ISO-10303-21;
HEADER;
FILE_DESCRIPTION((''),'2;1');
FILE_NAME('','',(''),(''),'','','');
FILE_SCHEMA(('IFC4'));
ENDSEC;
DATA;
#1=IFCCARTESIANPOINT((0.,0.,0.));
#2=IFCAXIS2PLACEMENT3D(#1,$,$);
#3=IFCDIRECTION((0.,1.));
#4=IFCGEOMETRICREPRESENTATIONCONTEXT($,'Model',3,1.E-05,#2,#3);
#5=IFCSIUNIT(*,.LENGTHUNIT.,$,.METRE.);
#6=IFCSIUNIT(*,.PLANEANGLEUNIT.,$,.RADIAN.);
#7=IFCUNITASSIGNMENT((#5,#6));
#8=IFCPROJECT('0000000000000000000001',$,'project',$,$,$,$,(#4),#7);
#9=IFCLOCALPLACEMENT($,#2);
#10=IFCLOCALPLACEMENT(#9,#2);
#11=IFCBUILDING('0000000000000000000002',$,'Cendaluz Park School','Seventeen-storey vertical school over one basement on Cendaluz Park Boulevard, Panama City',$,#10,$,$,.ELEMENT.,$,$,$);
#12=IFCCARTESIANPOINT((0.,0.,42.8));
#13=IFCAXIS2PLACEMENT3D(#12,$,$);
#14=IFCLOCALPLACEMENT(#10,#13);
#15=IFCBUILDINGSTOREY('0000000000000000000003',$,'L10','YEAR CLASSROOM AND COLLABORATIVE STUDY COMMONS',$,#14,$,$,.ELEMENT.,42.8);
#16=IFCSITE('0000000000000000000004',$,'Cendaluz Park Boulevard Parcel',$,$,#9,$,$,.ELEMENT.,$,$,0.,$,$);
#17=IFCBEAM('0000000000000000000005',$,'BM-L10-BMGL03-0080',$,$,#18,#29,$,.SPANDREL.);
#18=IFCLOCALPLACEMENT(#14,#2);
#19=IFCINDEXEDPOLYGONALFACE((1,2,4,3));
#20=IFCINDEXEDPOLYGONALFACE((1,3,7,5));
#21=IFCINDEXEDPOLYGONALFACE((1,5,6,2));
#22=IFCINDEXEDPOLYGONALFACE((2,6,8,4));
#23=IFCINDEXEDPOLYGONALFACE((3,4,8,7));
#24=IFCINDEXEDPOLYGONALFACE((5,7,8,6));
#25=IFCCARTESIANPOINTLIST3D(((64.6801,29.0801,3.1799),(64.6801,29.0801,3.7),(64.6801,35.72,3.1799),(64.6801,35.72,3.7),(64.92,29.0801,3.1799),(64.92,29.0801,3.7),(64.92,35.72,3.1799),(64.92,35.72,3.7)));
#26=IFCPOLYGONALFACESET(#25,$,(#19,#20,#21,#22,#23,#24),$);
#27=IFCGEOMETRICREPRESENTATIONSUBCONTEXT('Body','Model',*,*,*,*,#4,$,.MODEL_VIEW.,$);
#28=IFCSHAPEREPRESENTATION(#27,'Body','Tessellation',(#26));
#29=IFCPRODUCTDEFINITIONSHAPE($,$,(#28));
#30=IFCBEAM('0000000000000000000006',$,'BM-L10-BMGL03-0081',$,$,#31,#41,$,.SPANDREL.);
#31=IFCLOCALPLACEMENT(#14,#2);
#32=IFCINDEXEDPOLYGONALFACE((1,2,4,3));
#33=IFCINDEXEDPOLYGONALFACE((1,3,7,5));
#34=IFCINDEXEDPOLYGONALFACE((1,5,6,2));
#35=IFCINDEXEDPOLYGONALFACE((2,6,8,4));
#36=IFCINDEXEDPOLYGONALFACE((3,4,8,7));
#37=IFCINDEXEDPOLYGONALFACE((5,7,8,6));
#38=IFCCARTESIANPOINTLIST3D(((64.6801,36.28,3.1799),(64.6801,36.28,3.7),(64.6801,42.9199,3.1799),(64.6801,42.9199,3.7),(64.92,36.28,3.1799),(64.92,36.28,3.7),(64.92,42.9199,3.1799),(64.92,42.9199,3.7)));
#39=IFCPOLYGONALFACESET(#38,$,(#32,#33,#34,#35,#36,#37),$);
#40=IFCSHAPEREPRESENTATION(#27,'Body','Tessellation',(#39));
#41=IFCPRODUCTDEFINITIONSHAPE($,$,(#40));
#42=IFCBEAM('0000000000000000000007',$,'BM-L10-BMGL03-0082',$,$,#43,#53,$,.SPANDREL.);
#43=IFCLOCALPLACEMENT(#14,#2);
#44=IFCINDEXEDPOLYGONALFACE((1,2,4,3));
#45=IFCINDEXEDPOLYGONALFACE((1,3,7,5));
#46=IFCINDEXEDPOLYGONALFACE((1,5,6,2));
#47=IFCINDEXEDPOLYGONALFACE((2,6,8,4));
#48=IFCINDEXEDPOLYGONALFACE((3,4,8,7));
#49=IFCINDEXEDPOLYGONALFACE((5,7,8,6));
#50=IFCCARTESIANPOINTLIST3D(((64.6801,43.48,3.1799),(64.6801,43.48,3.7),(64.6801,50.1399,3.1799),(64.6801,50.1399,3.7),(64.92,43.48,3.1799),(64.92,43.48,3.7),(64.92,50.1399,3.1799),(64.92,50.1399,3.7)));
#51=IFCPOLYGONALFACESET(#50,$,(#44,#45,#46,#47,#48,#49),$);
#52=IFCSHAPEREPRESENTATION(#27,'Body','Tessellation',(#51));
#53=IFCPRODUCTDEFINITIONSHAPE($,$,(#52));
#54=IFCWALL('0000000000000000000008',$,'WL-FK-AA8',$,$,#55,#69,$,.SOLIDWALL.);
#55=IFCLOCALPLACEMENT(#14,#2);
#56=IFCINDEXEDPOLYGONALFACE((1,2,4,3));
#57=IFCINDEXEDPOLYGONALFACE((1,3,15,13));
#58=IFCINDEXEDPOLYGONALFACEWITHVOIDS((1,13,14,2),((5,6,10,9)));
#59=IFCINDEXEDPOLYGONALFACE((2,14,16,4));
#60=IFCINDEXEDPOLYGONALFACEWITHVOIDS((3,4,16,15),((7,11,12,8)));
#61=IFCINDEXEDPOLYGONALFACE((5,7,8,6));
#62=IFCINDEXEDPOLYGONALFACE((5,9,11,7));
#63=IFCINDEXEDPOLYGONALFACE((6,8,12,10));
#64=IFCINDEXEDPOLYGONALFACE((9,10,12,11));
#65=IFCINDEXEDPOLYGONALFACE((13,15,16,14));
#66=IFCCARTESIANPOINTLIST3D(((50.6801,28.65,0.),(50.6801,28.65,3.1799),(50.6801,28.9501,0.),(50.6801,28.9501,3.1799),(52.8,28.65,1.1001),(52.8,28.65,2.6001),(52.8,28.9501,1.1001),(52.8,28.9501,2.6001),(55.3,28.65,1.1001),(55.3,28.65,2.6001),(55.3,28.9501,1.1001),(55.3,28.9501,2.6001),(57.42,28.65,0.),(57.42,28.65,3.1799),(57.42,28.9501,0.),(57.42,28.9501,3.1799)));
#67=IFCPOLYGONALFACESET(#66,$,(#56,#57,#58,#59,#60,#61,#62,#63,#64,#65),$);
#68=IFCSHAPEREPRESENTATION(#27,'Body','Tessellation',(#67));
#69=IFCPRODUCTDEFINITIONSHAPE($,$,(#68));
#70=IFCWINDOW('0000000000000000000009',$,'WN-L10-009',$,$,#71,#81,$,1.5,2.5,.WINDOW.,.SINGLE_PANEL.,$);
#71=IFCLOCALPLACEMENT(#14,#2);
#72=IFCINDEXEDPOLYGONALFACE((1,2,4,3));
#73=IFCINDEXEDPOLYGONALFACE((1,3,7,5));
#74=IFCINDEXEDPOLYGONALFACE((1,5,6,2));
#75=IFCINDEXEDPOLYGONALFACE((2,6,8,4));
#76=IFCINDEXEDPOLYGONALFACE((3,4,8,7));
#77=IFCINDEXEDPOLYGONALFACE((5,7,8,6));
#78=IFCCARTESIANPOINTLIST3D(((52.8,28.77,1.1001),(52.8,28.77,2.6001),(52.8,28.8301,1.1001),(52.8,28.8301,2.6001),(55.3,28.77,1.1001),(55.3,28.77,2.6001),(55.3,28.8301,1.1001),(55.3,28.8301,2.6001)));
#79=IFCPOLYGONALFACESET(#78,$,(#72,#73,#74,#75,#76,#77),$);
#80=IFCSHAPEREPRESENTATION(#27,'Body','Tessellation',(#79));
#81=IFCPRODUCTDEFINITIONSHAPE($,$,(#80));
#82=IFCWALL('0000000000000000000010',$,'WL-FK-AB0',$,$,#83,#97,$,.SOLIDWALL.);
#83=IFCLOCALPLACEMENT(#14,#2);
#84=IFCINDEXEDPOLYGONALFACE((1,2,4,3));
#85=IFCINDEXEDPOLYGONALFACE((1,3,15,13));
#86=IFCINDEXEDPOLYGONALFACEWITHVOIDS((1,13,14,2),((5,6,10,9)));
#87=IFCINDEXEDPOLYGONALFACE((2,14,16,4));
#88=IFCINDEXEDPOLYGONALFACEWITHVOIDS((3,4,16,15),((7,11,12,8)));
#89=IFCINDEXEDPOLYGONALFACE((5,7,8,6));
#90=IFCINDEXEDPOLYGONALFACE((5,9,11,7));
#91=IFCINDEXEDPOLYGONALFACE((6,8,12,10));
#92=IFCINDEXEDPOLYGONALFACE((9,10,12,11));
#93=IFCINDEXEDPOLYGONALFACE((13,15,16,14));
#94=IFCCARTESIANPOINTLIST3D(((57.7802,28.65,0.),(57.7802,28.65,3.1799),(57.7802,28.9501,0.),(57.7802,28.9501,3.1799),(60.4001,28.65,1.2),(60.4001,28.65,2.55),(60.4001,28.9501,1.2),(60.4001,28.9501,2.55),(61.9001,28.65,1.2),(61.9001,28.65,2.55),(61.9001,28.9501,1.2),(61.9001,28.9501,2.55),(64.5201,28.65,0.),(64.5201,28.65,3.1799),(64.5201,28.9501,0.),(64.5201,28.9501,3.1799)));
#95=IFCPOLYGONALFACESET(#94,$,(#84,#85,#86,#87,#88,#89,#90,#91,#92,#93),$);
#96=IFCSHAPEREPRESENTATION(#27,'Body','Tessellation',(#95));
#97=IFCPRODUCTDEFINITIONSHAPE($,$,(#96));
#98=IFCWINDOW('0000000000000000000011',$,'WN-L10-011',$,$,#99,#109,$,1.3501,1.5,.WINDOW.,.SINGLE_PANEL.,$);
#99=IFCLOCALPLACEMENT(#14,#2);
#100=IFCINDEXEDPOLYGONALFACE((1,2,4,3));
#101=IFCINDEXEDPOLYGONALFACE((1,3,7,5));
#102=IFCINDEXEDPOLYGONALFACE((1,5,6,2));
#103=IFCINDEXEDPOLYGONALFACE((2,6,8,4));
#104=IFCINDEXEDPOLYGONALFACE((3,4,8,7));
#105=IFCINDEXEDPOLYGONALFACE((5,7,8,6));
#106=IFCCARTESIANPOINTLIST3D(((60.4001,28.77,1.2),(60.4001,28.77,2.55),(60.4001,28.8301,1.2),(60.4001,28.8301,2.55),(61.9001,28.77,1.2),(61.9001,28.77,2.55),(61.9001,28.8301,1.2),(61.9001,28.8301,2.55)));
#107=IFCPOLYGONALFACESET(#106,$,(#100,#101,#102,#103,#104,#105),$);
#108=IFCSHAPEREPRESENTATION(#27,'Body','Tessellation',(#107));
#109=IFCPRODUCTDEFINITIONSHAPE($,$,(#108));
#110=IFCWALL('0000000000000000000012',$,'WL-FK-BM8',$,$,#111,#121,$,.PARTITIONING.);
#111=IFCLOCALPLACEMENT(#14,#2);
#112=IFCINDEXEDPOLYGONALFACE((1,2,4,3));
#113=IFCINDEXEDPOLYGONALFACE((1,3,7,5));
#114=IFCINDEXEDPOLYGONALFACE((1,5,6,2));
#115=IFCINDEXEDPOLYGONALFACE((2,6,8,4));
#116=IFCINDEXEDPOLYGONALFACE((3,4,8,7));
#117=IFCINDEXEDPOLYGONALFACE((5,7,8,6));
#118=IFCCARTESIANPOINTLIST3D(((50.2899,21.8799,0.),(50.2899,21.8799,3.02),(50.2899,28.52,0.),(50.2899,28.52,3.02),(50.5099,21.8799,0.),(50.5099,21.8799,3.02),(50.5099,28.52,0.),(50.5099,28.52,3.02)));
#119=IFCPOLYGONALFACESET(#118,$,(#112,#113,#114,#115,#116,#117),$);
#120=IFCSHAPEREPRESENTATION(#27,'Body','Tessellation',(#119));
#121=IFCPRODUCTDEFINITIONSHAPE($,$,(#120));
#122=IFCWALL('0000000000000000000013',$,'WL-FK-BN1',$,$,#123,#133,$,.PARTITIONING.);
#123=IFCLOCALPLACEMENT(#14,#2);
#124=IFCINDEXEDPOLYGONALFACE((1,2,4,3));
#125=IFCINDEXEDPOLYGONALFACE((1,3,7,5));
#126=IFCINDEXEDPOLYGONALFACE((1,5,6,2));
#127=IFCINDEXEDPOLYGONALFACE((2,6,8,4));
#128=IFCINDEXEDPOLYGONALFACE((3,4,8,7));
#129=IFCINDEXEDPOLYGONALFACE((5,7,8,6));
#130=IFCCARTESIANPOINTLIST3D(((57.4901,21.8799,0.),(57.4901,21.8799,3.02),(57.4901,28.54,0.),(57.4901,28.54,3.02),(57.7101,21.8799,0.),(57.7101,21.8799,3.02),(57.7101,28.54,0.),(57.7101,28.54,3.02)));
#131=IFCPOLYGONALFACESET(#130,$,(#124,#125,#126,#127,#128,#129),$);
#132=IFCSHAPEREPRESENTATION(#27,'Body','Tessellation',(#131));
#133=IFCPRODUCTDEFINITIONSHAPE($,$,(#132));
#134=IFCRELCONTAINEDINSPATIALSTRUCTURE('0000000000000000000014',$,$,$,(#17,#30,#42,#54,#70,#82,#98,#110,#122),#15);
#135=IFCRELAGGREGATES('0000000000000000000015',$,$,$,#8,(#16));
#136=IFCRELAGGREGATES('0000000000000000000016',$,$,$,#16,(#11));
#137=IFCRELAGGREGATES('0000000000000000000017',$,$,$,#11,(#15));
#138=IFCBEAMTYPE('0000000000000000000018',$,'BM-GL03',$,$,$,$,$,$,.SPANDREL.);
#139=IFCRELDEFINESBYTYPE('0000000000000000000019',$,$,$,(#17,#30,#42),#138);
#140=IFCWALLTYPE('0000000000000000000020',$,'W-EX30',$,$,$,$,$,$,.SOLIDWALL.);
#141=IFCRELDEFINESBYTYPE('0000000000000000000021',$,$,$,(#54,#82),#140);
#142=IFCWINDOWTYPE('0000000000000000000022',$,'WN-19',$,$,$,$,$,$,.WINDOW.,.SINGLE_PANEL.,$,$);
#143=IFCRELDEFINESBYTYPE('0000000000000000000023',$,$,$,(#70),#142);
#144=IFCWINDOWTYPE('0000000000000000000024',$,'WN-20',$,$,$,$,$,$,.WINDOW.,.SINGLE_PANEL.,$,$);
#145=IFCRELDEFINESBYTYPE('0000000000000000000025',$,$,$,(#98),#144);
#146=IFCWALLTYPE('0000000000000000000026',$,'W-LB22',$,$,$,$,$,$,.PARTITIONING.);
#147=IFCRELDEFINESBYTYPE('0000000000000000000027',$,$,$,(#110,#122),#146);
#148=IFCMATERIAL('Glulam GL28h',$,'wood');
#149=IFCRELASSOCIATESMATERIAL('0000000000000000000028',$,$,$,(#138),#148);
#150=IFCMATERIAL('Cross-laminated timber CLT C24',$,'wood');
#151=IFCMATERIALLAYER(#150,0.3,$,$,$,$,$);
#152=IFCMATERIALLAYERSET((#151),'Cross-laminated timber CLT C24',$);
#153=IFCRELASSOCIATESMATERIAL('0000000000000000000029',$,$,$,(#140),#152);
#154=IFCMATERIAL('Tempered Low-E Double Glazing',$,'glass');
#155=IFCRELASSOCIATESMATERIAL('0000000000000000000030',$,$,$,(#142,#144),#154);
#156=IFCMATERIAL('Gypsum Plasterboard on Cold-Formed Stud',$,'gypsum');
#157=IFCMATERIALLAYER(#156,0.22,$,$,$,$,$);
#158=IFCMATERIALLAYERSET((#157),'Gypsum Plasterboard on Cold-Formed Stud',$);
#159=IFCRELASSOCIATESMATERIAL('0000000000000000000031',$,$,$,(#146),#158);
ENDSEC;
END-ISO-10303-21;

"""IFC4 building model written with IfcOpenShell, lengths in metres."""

from ifc_helpers import new_model, si_unit, direction, frame, frame_2d, origin, origin_2d, place, context, subcontext, project, spatial, rectangle, extrude, material, layer, layer_set, material_profile, profile_set, type_object, element, fill, save


model = new_model("IFC4")

# Units and contexts
model_context = context("Model", 3, precision=1e-05, world=origin(), true_north=direction((0.0, 1.0)))
body_context = subcontext(model_context, "Body", "Model", "MODEL_VIEW")
ifc_project = project(units=[si_unit("LENGTHUNIT", "METRE"), si_unit("PLANEANGLEUNIT", "RADIAN")], contexts=[model_context])

# Site, building, storey
site_placement = place(None, origin())
site = spatial("IfcSite", under=ifc_project, at=site_placement, Name="Cendaluz Park Boulevard Parcel", CompositionType="ELEMENT", RefElevation=0.0)
building_placement = place(site_placement, origin())
building = spatial("IfcBuilding", under=site, at=building_placement, Name="Cendaluz Park School", Description="Seventeen-storey vertical school over one basement on Cendaluz Park Boulevard, Panama City", CompositionType="ELEMENT")
storey_placement = place(building_placement, frame((0.0, 0.0, 42.8)))
storey = spatial("IfcBuildingStorey", under=building, at=storey_placement, Name="L10", Description="YEAR CLASSROOM AND COLLABORATIVE STUDY COMMONS", CompositionType="ELEMENT", Elevation=42.8)

# Beams
ifc_material_1 = material(Name="Glulam GL28h", Category="wood")
ifc_material_profile_1 = material_profile(ifc_material_1, rectangle(XDim=0.24, YDim=0.52, at=origin_2d()), Name="GL28h 240x520", Category="wood")
ifc_profile_set_1 = profile_set([ifc_material_profile_1], Name="Glulam GL28h")
beam_type_1 = type_object("IfcBeamType", Name="BM-GL03", PredefinedType="SPANDREL", material=ifc_profile_set_1)
for number, where, z_axis, x_axis, name in (
    (1, (64.8, 29.0801, 3.4399), (0.0, 1.0, 0.0), (-1.0, 0.0, 0.0), "BM-L10-BMGL03-0080"),
    (2, (64.8, 36.28, 3.4399), (0.0, 1.0, 0.0), (-1.0, 0.0, 0.0), "BM-L10-BMGL03-0081"),
):
    element("IfcBeam", number, at=place(storey_placement, frame(where, z_axis=z_axis, x_axis=x_axis)), inside=storey, type_object=beam_type_1, Name=name, PredefinedType="SPANDREL", context=body_context, shape_type="SweptSolid", body=[
        extrude(rectangle(XDim=0.24, YDim=0.52, at=origin_2d()), origin(), (0.0, 0.0, 1.0), 6.6399),
    ])
beam_1_placement = place(storey_placement, frame((64.8, 43.48, 3.4399), z_axis=(0.0, 1.0, 0.0), x_axis=(-1.0, 0.0, 0.0)))
element("IfcBeam", 3, at=beam_1_placement, inside=storey, type_object=beam_type_1, Name="BM-L10-BMGL03-0082", PredefinedType="SPANDREL", context=body_context, shape_type="SweptSolid", body=[
    extrude(rectangle(XDim=0.24, YDim=0.52, at=origin_2d()), origin(), (0.0, 0.0, 1.0), 6.6599),
])

# Walls, openings, windows
ifc_material_2 = material(Name="Cross-laminated timber CLT C24", Category="wood")
ifc_layer_1 = layer(ifc_material_2, 0.3)
ifc_layer_set_1 = layer_set([ifc_layer_1], Name="Cross-laminated timber CLT C24")
wall_type_1 = type_object("IfcWallType", Name="W-EX30", PredefinedType="SOLIDWALL", material=ifc_layer_set_1)
wall_1_placement = place(storey_placement, frame((50.6799, 28.8, 0.0), z_axis=(0.0, 0.0, 1.0), x_axis=(1.0, 0.0, 0.0)))
wall_1 = element("IfcWall", 4, at=wall_1_placement, inside=storey, type_object=wall_type_1, Name="WL-FK-AA8", PredefinedType="SOLIDWALL", context=body_context, shape_type="SweptSolid", body=[
    extrude(rectangle(XDim=6.74, YDim=0.3, at=frame_2d((3.3701, 0.0))), origin(), (0.0, 0.0, 1.0), 3.1799),
])
opening_1_placement = place(wall_1_placement, frame((2.1201, 0.0, 1.1001)))
opening_1 = element("IfcOpeningElement", 5, at=opening_1_placement, cuts=wall_1, PredefinedType="OPENING", context=body_context, shape_type="SweptSolid", body=[
    extrude(rectangle(XDim=2.5, YDim=1.5, at=frame_2d((1.25, 0.75))), frame((0.0, 0.1621, 0.0), z_axis=(0.0, -1.0, 0.0), x_axis=(1.0, 0.0, 0.0)), (0.0, 0.0, 1.0), 0.324),
])
ifc_material_3 = material(Name="Tempered Low-E Double Glazing", Category="glass")
window_type_1 = type_object("IfcWindowType", Name="WN-19", PartitioningType="SINGLE_PANEL", PredefinedType="WINDOW", material=ifc_material_3)
window_1_placement = place(opening_1_placement, origin())
window_1 = element("IfcWindow", 6, at=window_1_placement, inside=storey, type_object=window_type_1, Name="WN-L10-009", OverallHeight=1.5, OverallWidth=2.5, PartitioningType="SINGLE_PANEL", PredefinedType="WINDOW", context=body_context, shape_type="SweptSolid", body=[
    extrude(rectangle(XDim=2.5, YDim=1.5, at=frame_2d((1.25, 0.75))), frame((0.0, 0.03, 0.0), z_axis=(0.0, -1.0, 0.0), x_axis=(1.0, 0.0, 0.0)), (0.0, 0.0, 1.0), 0.0601),
])
fill(opening_1, window_1)
wall_2_placement = place(storey_placement, frame((57.78, 28.8, 0.0), z_axis=(0.0, 0.0, 1.0), x_axis=(1.0, 0.0, 0.0)))
wall_2 = element("IfcWall", 7, at=wall_2_placement, inside=storey, type_object=wall_type_1, Name="WL-FK-AB0", PredefinedType="SOLIDWALL", context=body_context, shape_type="SweptSolid", body=[
    extrude(rectangle(XDim=6.74, YDim=0.3, at=frame_2d((3.3701, 0.0))), origin(), (0.0, 0.0, 1.0), 3.1799),
])
opening_2_placement = place(wall_2_placement, frame((2.6201, 0.0, 1.2)))
opening_2 = element("IfcOpeningElement", 8, at=opening_2_placement, cuts=wall_2, PredefinedType="OPENING", context=body_context, shape_type="SweptSolid", body=[
    extrude(rectangle(XDim=1.5, YDim=1.3501, at=frame_2d((0.75, 0.675))), frame((0.0, 0.1621, 0.0), z_axis=(0.0, -1.0, 0.0), x_axis=(1.0, 0.0, 0.0)), (0.0, 0.0, 1.0), 0.324),
])
window_type_2 = type_object("IfcWindowType", Name="WN-20", PartitioningType="SINGLE_PANEL", PredefinedType="WINDOW", material=ifc_material_3)
window_2_placement = place(opening_2_placement, origin())
window_2 = element("IfcWindow", 9, at=window_2_placement, inside=storey, type_object=window_type_2, Name="WN-L10-011", OverallHeight=1.3501, OverallWidth=1.5, PartitioningType="SINGLE_PANEL", PredefinedType="WINDOW", context=body_context, shape_type="SweptSolid", body=[
    extrude(rectangle(XDim=1.5, YDim=1.3501, at=frame_2d((0.75, 0.675))), frame((0.0, 0.03, 0.0), z_axis=(0.0, -1.0, 0.0), x_axis=(1.0, 0.0, 0.0)), (0.0, 0.0, 1.0), 0.0601),
])
fill(opening_2, window_2)

# Walls
ifc_material_4 = material(Name="Gypsum Plasterboard on Cold-Formed Stud", Category="gypsum")
ifc_layer_2 = layer(ifc_material_4, 0.22)
ifc_layer_set_2 = layer_set([ifc_layer_2], Name="Gypsum Plasterboard on Cold-Formed Stud")
wall_type_2 = type_object("IfcWallType", Name="W-LB22", PredefinedType="PARTITIONING", material=ifc_layer_set_2)
wall_3_placement = place(storey_placement, frame((50.3999, 21.8799, 0.0), z_axis=(0.0, 0.0, 1.0), x_axis=(0.0, 1.0, 0.0)))
element("IfcWall", 10, at=wall_3_placement, inside=storey, type_object=wall_type_2, Name="WL-FK-BM8", PredefinedType="PARTITIONING", context=body_context, shape_type="SweptSolid", body=[
    extrude(rectangle(XDim=6.6401, YDim=0.22, at=frame_2d((3.3201, 0.0))), origin(), (0.0, 0.0, 1.0), 3.02),
])
wall_4_placement = place(storey_placement, frame((57.6001, 21.8799, 0.0), z_axis=(0.0, 0.0, 1.0), x_axis=(0.0, 1.0, 0.0)))
element("IfcWall", 11, at=wall_4_placement, inside=storey, type_object=wall_type_2, Name="WL-FK-BN1", PredefinedType="PARTITIONING", context=body_context, shape_type="SweptSolid", body=[
    extrude(rectangle(XDim=6.6602, YDim=0.22, at=frame_2d((3.3301, 0.0))), origin(), (0.0, 0.0, 1.0), 3.02),
])

save(model, "model.ifc")
